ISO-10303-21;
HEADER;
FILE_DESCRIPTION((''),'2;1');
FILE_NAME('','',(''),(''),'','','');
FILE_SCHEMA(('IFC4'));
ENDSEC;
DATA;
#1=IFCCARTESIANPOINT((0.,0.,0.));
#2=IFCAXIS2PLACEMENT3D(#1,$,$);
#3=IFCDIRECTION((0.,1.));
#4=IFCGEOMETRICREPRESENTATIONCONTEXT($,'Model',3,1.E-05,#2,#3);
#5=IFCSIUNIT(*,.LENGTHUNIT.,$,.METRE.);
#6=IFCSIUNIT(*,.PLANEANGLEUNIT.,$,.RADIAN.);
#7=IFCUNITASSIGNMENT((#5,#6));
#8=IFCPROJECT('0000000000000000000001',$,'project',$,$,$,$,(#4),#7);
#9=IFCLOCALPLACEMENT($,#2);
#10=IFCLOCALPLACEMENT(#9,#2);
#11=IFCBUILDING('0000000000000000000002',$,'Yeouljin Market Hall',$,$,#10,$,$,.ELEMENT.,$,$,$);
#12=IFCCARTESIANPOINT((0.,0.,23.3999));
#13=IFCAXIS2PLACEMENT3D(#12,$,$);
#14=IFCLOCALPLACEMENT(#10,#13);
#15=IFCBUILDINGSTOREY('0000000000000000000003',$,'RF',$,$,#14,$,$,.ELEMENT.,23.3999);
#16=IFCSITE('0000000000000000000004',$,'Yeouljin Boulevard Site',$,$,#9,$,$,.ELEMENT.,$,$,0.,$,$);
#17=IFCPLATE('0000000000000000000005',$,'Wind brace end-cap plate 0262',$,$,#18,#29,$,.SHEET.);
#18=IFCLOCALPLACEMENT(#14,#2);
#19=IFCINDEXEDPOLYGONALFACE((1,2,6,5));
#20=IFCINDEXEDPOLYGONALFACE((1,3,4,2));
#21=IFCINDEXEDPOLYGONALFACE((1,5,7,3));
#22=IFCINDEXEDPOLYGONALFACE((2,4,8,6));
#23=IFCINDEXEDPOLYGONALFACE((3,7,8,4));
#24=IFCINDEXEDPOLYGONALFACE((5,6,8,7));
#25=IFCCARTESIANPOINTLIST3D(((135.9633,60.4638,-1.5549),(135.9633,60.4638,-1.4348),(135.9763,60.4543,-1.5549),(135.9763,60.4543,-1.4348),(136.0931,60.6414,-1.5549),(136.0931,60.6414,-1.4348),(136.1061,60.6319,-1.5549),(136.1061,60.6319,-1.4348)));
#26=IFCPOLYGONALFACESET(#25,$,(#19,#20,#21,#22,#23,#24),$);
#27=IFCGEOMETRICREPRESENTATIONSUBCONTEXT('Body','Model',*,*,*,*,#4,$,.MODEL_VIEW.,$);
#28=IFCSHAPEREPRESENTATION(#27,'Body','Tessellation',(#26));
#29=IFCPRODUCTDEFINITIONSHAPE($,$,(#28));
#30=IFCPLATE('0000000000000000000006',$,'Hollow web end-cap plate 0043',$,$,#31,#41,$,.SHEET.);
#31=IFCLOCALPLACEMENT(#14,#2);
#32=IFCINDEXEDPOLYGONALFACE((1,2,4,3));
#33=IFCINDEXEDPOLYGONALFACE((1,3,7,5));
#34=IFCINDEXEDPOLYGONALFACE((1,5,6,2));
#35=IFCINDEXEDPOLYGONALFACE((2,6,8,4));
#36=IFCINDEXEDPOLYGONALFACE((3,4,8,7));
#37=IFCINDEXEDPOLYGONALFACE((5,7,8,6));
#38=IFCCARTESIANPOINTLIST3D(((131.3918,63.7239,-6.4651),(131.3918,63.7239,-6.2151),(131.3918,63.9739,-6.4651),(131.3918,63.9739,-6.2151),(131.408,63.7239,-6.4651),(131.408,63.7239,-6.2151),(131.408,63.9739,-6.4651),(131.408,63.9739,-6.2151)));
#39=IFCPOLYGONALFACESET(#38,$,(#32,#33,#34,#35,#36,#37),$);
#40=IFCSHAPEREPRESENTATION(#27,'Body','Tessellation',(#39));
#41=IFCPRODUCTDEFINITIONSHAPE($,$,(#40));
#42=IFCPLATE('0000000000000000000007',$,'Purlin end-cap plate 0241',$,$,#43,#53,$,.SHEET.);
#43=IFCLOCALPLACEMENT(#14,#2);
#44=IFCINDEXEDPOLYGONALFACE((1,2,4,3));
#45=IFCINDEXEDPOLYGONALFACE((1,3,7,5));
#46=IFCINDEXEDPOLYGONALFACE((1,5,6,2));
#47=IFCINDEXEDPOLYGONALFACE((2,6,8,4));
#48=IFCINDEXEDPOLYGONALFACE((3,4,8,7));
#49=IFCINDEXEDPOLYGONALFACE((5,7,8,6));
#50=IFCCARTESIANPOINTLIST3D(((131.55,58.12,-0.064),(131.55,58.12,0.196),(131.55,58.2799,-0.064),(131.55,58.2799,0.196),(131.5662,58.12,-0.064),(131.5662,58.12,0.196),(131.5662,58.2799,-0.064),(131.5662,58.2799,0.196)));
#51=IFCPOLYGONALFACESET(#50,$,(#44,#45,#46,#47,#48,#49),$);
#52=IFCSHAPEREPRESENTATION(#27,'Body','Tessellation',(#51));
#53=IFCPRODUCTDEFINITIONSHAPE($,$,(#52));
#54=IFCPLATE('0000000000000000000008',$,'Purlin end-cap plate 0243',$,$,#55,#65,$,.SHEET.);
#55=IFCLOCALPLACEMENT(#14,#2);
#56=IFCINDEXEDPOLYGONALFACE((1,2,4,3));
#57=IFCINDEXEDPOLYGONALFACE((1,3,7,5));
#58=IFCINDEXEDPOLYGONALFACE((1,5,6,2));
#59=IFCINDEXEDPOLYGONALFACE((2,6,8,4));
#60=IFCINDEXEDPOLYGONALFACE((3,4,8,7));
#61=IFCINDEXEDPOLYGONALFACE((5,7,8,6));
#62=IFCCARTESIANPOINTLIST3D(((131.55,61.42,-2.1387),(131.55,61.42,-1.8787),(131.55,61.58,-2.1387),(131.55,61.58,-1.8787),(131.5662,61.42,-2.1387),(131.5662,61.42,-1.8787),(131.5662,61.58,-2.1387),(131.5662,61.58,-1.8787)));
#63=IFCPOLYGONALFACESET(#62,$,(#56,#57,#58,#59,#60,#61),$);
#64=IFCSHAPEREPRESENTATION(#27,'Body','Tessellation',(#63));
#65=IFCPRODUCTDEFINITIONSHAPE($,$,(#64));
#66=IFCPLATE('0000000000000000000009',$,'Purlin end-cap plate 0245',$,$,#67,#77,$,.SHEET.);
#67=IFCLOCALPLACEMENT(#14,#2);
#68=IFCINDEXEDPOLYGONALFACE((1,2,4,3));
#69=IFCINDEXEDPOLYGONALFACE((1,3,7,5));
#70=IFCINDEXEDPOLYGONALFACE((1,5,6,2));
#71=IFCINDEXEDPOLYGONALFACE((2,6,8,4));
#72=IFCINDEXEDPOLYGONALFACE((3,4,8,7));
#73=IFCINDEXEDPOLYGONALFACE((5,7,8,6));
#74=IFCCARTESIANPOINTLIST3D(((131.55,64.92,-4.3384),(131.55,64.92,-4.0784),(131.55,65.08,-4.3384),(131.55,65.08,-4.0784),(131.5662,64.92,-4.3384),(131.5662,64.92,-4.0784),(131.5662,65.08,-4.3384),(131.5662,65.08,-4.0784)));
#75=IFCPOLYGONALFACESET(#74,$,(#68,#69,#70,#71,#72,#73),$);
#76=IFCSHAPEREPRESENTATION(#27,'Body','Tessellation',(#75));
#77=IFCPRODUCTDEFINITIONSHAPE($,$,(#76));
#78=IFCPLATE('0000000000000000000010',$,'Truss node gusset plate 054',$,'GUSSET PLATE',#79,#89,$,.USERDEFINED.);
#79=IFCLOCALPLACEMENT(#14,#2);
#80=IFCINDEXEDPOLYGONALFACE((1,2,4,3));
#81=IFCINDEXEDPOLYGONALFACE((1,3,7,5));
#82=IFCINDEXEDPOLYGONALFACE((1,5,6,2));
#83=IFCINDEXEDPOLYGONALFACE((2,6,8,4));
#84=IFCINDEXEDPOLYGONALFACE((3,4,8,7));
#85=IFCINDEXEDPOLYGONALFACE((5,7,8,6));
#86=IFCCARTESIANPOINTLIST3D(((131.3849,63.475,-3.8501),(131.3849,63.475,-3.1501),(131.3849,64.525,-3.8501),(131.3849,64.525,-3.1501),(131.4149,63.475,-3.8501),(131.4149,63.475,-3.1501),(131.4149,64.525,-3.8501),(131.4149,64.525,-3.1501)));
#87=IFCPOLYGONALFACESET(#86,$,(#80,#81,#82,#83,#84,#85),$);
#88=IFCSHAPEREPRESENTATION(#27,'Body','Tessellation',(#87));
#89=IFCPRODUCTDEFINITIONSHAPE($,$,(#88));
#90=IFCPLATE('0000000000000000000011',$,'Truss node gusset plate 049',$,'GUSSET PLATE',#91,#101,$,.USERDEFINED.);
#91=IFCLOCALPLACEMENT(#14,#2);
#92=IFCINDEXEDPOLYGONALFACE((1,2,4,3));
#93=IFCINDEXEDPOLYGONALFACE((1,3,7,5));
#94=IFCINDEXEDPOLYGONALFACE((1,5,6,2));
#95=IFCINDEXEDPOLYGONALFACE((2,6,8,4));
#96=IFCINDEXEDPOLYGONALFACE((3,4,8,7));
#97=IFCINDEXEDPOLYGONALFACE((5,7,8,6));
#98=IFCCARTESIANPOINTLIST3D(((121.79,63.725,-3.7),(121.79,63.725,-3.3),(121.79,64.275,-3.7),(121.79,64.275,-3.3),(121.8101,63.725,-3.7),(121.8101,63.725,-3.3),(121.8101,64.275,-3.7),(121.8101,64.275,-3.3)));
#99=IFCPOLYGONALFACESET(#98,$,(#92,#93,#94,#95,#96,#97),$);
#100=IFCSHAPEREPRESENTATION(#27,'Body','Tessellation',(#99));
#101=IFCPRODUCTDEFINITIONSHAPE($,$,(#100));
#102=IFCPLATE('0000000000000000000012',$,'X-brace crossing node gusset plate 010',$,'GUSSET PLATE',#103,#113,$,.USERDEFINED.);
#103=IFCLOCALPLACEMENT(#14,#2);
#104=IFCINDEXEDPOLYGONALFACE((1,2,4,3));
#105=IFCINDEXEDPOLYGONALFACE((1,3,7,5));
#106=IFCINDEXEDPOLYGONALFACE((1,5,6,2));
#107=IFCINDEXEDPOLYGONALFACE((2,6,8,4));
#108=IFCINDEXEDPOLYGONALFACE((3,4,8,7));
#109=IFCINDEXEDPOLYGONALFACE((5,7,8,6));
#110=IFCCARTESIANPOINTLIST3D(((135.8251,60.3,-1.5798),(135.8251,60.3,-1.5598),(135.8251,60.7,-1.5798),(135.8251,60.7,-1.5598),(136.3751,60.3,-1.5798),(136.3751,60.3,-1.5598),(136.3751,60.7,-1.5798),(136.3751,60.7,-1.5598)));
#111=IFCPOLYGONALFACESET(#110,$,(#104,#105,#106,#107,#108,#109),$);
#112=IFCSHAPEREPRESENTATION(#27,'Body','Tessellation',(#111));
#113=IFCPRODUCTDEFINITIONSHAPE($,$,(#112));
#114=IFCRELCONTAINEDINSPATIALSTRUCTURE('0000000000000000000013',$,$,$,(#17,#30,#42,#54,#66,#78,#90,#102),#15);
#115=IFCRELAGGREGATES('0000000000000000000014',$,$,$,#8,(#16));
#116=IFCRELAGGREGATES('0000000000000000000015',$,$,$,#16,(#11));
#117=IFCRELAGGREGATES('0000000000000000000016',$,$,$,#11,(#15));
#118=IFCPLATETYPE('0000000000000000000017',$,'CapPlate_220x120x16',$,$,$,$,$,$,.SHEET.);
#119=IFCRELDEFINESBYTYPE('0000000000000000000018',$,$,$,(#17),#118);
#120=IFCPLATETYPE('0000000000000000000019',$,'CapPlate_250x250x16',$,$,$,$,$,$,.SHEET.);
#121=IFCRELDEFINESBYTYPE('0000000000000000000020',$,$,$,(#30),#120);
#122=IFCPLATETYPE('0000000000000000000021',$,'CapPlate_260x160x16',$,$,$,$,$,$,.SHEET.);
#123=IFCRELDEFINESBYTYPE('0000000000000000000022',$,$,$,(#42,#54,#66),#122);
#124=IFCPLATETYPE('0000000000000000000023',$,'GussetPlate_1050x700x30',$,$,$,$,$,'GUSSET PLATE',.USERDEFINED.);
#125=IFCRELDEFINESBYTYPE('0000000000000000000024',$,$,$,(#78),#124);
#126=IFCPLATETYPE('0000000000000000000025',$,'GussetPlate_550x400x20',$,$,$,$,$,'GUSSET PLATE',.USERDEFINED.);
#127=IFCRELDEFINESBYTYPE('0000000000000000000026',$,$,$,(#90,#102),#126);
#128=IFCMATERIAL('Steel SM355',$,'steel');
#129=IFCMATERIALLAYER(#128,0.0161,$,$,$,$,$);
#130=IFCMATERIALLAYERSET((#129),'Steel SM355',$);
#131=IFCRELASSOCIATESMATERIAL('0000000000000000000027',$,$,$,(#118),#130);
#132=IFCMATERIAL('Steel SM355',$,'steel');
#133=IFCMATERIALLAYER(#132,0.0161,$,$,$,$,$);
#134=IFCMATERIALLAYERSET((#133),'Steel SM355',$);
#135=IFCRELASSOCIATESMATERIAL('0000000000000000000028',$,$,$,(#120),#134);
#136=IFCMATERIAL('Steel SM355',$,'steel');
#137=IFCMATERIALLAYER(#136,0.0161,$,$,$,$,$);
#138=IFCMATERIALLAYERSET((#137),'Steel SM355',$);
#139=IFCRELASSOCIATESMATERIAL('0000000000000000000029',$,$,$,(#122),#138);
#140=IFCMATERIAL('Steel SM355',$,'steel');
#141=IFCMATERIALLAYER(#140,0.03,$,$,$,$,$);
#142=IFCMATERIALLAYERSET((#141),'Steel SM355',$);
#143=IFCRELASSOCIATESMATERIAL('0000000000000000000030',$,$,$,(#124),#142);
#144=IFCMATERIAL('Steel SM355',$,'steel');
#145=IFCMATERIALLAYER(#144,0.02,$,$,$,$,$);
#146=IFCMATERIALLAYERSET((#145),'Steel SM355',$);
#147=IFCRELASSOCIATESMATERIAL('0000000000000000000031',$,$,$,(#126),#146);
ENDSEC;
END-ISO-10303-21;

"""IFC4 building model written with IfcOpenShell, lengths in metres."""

from ifc_helpers import new_model, si_unit, direction, frame, origin, origin_2d, place, context, subcontext, project, spatial, rectangle, extrude, material, layer, layer_set, type_object, element, save


model = new_model("IFC4")

# Units and contexts
model_context = context("Model", 3, precision=1e-05, world=origin(), true_north=direction((0.0, 1.0)))
body_context = subcontext(model_context, "Body", "Model", "MODEL_VIEW")
ifc_project = project(units=[si_unit("LENGTHUNIT", "METRE"), si_unit("PLANEANGLEUNIT", "RADIAN")], contexts=[model_context])

# Site, building, storey
site_placement = place(None, origin())
site = spatial("IfcSite", under=ifc_project, at=site_placement, Name="Yeouljin Boulevard Site", CompositionType="ELEMENT", RefElevation=0.0)
building_placement = place(site_placement, origin())
building = spatial("IfcBuilding", under=site, at=building_placement, Name="Yeouljin Market Hall", CompositionType="ELEMENT")
storey_placement = place(building_placement, frame((0.0, 0.0, 23.3999)))
storey = spatial("IfcBuildingStorey", under=building, at=storey_placement, Name="RF", CompositionType="ELEMENT", Elevation=23.3999)

# Plates
ifc_material_1 = material(Name="Steel SM355", Category="steel")
ifc_layer_1 = layer(ifc_material_1, 0.0161)
ifc_layer_set_1 = layer_set([ifc_layer_1], Name="Steel SM355")
plate_type_1 = type_object("IfcPlateType", Name="CapPlate_220x120x16", PredefinedType="SHEET", material=ifc_layer_set_1)
plate_1_placement = place(storey_placement, frame((136.0347, 60.5479, -1.5549), z_axis=(0.0, 0.0, 1.0), x_axis=(0.590183, 0.807269, 0.0)))
element("IfcPlate", 1, at=plate_1_placement, inside=storey, type_object=plate_type_1, Name="Wind brace end-cap plate 0262", PredefinedType="SHEET", context=body_context, shape_type="SweptSolid", body=[
    extrude(rectangle(XDim=0.22, YDim=0.0161, at=origin_2d()), origin(), (0.0, 0.0, 1.0), 0.1201),
])
ifc_material_2 = material(Name="Steel SM355", Category="steel")
ifc_layer_2 = layer(ifc_material_2, 0.0161)
ifc_layer_set_2 = layer_set([ifc_layer_2], Name="Steel SM355")
plate_type_2 = type_object("IfcPlateType", Name="CapPlate_250x250x16", PredefinedType="SHEET", material=ifc_layer_set_2)
plate_2_placement = place(storey_placement, frame((131.3999, 63.8489, -6.4651), z_axis=(0.0, 0.0, 1.0), x_axis=(0.0, 1.0, 0.0)))
element("IfcPlate", 2, at=plate_2_placement, inside=storey, type_object=plate_type_2, Name="Hollow web end-cap plate 0043", PredefinedType="SHEET", context=body_context, shape_type="SweptSolid", body=[
    extrude(rectangle(XDim=0.25, YDim=0.0161, at=origin_2d()), origin(), (0.0, 0.0, 1.0), 0.25),
])
ifc_material_3 = material(Name="Steel SM355", Category="steel")
ifc_layer_3 = layer(ifc_material_3, 0.0161)
ifc_layer_set_3 = layer_set([ifc_layer_3], Name="Steel SM355")
plate_type_3 = type_object("IfcPlateType", Name="CapPlate_260x160x16", PredefinedType="SHEET", material=ifc_layer_set_3)
for number, where, z_axis, x_axis, name in (
    (3, (131.5581, 58.2, -0.064), (0.0, 0.0, 1.0), (0.0, 1.0, 0.0), "Purlin end-cap plate 0241"),
    (4, (131.5581, 61.5, -2.1387), (0.0, 0.0, 1.0), (0.0, 1.0, 0.0), "Purlin end-cap plate 0243"),
    (5, (131.5581, 65.0, -4.3384), (0.0, 0.0, 1.0), (0.0, 1.0, 0.0), "Purlin end-cap plate 0245"),
):
    element("IfcPlate", number, at=place(storey_placement, frame(where, z_axis=z_axis, x_axis=x_axis)), inside=storey, type_object=plate_type_3, Name=name, PredefinedType="SHEET", context=body_context, shape_type="SweptSolid", body=[
        extrude(rectangle(XDim=0.1599, YDim=0.0161, at=origin_2d()), origin(), (0.0, 0.0, 1.0), 0.26),
    ])
ifc_material_4 = material(Name="Steel SM355", Category="steel")
ifc_layer_4 = layer(ifc_material_4, 0.03)
ifc_layer_set_4 = layer_set([ifc_layer_4], Name="Steel SM355")
plate_type_4 = type_object("IfcPlateType", Name="GussetPlate_1050x700x30", ElementType="GUSSET PLATE", PredefinedType="USERDEFINED", material=ifc_layer_set_4)
plate_3_placement = place(storey_placement, frame((131.3999, 64.0, -3.8501), z_axis=(0.0, 0.0, 1.0), x_axis=(0.0, 1.0, 0.0)))
element("IfcPlate", 6, at=plate_3_placement, inside=storey, type_object=plate_type_4, Name="Truss node gusset plate 054", ObjectType="GUSSET PLATE", PredefinedType="USERDEFINED", context=body_context, shape_type="SweptSolid", body=[
    extrude(rectangle(XDim=1.05, YDim=0.03, at=origin_2d()), origin(), (0.0, 0.0, 1.0), 0.7),
])
ifc_material_5 = material(Name="Steel SM355", Category="steel")
ifc_layer_5 = layer(ifc_material_5, 0.02)
ifc_layer_set_5 = layer_set([ifc_layer_5], Name="Steel SM355")
plate_type_5 = type_object("IfcPlateType", Name="GussetPlate_550x400x20", ElementType="GUSSET PLATE", PredefinedType="USERDEFINED", material=ifc_layer_set_5)
plate_4_placement = place(storey_placement, frame((121.8, 64.0, -3.7), z_axis=(0.0, 0.0, 1.0), x_axis=(0.0, 1.0, 0.0)))
element("IfcPlate", 7, at=plate_4_placement, inside=storey, type_object=plate_type_5, Name="Truss node gusset plate 049", ObjectType="GUSSET PLATE", PredefinedType="USERDEFINED", context=body_context, shape_type="SweptSolid", body=[
    extrude(rectangle(XDim=0.55, YDim=0.02, at=origin_2d()), origin(), (0.0, 0.0, 1.0), 0.3999),
])
plate_5_placement = place(storey_placement, frame((136.1001, 60.5, -1.5798), z_axis=(0.0, 0.0, 1.0), x_axis=(1.0, 0.0, 0.0)))
element("IfcPlate", 8, at=plate_5_placement, inside=storey, type_object=plate_type_5, Name="X-brace crossing node gusset plate 010", ObjectType="GUSSET PLATE", PredefinedType="USERDEFINED", context=body_context, shape_type="SweptSolid", body=[
    extrude(rectangle(XDim=0.55, YDim=0.3999, at=origin_2d()), origin(), (0.0, 0.0, 1.0), 0.02),
])

save(model, "model.ifc")
